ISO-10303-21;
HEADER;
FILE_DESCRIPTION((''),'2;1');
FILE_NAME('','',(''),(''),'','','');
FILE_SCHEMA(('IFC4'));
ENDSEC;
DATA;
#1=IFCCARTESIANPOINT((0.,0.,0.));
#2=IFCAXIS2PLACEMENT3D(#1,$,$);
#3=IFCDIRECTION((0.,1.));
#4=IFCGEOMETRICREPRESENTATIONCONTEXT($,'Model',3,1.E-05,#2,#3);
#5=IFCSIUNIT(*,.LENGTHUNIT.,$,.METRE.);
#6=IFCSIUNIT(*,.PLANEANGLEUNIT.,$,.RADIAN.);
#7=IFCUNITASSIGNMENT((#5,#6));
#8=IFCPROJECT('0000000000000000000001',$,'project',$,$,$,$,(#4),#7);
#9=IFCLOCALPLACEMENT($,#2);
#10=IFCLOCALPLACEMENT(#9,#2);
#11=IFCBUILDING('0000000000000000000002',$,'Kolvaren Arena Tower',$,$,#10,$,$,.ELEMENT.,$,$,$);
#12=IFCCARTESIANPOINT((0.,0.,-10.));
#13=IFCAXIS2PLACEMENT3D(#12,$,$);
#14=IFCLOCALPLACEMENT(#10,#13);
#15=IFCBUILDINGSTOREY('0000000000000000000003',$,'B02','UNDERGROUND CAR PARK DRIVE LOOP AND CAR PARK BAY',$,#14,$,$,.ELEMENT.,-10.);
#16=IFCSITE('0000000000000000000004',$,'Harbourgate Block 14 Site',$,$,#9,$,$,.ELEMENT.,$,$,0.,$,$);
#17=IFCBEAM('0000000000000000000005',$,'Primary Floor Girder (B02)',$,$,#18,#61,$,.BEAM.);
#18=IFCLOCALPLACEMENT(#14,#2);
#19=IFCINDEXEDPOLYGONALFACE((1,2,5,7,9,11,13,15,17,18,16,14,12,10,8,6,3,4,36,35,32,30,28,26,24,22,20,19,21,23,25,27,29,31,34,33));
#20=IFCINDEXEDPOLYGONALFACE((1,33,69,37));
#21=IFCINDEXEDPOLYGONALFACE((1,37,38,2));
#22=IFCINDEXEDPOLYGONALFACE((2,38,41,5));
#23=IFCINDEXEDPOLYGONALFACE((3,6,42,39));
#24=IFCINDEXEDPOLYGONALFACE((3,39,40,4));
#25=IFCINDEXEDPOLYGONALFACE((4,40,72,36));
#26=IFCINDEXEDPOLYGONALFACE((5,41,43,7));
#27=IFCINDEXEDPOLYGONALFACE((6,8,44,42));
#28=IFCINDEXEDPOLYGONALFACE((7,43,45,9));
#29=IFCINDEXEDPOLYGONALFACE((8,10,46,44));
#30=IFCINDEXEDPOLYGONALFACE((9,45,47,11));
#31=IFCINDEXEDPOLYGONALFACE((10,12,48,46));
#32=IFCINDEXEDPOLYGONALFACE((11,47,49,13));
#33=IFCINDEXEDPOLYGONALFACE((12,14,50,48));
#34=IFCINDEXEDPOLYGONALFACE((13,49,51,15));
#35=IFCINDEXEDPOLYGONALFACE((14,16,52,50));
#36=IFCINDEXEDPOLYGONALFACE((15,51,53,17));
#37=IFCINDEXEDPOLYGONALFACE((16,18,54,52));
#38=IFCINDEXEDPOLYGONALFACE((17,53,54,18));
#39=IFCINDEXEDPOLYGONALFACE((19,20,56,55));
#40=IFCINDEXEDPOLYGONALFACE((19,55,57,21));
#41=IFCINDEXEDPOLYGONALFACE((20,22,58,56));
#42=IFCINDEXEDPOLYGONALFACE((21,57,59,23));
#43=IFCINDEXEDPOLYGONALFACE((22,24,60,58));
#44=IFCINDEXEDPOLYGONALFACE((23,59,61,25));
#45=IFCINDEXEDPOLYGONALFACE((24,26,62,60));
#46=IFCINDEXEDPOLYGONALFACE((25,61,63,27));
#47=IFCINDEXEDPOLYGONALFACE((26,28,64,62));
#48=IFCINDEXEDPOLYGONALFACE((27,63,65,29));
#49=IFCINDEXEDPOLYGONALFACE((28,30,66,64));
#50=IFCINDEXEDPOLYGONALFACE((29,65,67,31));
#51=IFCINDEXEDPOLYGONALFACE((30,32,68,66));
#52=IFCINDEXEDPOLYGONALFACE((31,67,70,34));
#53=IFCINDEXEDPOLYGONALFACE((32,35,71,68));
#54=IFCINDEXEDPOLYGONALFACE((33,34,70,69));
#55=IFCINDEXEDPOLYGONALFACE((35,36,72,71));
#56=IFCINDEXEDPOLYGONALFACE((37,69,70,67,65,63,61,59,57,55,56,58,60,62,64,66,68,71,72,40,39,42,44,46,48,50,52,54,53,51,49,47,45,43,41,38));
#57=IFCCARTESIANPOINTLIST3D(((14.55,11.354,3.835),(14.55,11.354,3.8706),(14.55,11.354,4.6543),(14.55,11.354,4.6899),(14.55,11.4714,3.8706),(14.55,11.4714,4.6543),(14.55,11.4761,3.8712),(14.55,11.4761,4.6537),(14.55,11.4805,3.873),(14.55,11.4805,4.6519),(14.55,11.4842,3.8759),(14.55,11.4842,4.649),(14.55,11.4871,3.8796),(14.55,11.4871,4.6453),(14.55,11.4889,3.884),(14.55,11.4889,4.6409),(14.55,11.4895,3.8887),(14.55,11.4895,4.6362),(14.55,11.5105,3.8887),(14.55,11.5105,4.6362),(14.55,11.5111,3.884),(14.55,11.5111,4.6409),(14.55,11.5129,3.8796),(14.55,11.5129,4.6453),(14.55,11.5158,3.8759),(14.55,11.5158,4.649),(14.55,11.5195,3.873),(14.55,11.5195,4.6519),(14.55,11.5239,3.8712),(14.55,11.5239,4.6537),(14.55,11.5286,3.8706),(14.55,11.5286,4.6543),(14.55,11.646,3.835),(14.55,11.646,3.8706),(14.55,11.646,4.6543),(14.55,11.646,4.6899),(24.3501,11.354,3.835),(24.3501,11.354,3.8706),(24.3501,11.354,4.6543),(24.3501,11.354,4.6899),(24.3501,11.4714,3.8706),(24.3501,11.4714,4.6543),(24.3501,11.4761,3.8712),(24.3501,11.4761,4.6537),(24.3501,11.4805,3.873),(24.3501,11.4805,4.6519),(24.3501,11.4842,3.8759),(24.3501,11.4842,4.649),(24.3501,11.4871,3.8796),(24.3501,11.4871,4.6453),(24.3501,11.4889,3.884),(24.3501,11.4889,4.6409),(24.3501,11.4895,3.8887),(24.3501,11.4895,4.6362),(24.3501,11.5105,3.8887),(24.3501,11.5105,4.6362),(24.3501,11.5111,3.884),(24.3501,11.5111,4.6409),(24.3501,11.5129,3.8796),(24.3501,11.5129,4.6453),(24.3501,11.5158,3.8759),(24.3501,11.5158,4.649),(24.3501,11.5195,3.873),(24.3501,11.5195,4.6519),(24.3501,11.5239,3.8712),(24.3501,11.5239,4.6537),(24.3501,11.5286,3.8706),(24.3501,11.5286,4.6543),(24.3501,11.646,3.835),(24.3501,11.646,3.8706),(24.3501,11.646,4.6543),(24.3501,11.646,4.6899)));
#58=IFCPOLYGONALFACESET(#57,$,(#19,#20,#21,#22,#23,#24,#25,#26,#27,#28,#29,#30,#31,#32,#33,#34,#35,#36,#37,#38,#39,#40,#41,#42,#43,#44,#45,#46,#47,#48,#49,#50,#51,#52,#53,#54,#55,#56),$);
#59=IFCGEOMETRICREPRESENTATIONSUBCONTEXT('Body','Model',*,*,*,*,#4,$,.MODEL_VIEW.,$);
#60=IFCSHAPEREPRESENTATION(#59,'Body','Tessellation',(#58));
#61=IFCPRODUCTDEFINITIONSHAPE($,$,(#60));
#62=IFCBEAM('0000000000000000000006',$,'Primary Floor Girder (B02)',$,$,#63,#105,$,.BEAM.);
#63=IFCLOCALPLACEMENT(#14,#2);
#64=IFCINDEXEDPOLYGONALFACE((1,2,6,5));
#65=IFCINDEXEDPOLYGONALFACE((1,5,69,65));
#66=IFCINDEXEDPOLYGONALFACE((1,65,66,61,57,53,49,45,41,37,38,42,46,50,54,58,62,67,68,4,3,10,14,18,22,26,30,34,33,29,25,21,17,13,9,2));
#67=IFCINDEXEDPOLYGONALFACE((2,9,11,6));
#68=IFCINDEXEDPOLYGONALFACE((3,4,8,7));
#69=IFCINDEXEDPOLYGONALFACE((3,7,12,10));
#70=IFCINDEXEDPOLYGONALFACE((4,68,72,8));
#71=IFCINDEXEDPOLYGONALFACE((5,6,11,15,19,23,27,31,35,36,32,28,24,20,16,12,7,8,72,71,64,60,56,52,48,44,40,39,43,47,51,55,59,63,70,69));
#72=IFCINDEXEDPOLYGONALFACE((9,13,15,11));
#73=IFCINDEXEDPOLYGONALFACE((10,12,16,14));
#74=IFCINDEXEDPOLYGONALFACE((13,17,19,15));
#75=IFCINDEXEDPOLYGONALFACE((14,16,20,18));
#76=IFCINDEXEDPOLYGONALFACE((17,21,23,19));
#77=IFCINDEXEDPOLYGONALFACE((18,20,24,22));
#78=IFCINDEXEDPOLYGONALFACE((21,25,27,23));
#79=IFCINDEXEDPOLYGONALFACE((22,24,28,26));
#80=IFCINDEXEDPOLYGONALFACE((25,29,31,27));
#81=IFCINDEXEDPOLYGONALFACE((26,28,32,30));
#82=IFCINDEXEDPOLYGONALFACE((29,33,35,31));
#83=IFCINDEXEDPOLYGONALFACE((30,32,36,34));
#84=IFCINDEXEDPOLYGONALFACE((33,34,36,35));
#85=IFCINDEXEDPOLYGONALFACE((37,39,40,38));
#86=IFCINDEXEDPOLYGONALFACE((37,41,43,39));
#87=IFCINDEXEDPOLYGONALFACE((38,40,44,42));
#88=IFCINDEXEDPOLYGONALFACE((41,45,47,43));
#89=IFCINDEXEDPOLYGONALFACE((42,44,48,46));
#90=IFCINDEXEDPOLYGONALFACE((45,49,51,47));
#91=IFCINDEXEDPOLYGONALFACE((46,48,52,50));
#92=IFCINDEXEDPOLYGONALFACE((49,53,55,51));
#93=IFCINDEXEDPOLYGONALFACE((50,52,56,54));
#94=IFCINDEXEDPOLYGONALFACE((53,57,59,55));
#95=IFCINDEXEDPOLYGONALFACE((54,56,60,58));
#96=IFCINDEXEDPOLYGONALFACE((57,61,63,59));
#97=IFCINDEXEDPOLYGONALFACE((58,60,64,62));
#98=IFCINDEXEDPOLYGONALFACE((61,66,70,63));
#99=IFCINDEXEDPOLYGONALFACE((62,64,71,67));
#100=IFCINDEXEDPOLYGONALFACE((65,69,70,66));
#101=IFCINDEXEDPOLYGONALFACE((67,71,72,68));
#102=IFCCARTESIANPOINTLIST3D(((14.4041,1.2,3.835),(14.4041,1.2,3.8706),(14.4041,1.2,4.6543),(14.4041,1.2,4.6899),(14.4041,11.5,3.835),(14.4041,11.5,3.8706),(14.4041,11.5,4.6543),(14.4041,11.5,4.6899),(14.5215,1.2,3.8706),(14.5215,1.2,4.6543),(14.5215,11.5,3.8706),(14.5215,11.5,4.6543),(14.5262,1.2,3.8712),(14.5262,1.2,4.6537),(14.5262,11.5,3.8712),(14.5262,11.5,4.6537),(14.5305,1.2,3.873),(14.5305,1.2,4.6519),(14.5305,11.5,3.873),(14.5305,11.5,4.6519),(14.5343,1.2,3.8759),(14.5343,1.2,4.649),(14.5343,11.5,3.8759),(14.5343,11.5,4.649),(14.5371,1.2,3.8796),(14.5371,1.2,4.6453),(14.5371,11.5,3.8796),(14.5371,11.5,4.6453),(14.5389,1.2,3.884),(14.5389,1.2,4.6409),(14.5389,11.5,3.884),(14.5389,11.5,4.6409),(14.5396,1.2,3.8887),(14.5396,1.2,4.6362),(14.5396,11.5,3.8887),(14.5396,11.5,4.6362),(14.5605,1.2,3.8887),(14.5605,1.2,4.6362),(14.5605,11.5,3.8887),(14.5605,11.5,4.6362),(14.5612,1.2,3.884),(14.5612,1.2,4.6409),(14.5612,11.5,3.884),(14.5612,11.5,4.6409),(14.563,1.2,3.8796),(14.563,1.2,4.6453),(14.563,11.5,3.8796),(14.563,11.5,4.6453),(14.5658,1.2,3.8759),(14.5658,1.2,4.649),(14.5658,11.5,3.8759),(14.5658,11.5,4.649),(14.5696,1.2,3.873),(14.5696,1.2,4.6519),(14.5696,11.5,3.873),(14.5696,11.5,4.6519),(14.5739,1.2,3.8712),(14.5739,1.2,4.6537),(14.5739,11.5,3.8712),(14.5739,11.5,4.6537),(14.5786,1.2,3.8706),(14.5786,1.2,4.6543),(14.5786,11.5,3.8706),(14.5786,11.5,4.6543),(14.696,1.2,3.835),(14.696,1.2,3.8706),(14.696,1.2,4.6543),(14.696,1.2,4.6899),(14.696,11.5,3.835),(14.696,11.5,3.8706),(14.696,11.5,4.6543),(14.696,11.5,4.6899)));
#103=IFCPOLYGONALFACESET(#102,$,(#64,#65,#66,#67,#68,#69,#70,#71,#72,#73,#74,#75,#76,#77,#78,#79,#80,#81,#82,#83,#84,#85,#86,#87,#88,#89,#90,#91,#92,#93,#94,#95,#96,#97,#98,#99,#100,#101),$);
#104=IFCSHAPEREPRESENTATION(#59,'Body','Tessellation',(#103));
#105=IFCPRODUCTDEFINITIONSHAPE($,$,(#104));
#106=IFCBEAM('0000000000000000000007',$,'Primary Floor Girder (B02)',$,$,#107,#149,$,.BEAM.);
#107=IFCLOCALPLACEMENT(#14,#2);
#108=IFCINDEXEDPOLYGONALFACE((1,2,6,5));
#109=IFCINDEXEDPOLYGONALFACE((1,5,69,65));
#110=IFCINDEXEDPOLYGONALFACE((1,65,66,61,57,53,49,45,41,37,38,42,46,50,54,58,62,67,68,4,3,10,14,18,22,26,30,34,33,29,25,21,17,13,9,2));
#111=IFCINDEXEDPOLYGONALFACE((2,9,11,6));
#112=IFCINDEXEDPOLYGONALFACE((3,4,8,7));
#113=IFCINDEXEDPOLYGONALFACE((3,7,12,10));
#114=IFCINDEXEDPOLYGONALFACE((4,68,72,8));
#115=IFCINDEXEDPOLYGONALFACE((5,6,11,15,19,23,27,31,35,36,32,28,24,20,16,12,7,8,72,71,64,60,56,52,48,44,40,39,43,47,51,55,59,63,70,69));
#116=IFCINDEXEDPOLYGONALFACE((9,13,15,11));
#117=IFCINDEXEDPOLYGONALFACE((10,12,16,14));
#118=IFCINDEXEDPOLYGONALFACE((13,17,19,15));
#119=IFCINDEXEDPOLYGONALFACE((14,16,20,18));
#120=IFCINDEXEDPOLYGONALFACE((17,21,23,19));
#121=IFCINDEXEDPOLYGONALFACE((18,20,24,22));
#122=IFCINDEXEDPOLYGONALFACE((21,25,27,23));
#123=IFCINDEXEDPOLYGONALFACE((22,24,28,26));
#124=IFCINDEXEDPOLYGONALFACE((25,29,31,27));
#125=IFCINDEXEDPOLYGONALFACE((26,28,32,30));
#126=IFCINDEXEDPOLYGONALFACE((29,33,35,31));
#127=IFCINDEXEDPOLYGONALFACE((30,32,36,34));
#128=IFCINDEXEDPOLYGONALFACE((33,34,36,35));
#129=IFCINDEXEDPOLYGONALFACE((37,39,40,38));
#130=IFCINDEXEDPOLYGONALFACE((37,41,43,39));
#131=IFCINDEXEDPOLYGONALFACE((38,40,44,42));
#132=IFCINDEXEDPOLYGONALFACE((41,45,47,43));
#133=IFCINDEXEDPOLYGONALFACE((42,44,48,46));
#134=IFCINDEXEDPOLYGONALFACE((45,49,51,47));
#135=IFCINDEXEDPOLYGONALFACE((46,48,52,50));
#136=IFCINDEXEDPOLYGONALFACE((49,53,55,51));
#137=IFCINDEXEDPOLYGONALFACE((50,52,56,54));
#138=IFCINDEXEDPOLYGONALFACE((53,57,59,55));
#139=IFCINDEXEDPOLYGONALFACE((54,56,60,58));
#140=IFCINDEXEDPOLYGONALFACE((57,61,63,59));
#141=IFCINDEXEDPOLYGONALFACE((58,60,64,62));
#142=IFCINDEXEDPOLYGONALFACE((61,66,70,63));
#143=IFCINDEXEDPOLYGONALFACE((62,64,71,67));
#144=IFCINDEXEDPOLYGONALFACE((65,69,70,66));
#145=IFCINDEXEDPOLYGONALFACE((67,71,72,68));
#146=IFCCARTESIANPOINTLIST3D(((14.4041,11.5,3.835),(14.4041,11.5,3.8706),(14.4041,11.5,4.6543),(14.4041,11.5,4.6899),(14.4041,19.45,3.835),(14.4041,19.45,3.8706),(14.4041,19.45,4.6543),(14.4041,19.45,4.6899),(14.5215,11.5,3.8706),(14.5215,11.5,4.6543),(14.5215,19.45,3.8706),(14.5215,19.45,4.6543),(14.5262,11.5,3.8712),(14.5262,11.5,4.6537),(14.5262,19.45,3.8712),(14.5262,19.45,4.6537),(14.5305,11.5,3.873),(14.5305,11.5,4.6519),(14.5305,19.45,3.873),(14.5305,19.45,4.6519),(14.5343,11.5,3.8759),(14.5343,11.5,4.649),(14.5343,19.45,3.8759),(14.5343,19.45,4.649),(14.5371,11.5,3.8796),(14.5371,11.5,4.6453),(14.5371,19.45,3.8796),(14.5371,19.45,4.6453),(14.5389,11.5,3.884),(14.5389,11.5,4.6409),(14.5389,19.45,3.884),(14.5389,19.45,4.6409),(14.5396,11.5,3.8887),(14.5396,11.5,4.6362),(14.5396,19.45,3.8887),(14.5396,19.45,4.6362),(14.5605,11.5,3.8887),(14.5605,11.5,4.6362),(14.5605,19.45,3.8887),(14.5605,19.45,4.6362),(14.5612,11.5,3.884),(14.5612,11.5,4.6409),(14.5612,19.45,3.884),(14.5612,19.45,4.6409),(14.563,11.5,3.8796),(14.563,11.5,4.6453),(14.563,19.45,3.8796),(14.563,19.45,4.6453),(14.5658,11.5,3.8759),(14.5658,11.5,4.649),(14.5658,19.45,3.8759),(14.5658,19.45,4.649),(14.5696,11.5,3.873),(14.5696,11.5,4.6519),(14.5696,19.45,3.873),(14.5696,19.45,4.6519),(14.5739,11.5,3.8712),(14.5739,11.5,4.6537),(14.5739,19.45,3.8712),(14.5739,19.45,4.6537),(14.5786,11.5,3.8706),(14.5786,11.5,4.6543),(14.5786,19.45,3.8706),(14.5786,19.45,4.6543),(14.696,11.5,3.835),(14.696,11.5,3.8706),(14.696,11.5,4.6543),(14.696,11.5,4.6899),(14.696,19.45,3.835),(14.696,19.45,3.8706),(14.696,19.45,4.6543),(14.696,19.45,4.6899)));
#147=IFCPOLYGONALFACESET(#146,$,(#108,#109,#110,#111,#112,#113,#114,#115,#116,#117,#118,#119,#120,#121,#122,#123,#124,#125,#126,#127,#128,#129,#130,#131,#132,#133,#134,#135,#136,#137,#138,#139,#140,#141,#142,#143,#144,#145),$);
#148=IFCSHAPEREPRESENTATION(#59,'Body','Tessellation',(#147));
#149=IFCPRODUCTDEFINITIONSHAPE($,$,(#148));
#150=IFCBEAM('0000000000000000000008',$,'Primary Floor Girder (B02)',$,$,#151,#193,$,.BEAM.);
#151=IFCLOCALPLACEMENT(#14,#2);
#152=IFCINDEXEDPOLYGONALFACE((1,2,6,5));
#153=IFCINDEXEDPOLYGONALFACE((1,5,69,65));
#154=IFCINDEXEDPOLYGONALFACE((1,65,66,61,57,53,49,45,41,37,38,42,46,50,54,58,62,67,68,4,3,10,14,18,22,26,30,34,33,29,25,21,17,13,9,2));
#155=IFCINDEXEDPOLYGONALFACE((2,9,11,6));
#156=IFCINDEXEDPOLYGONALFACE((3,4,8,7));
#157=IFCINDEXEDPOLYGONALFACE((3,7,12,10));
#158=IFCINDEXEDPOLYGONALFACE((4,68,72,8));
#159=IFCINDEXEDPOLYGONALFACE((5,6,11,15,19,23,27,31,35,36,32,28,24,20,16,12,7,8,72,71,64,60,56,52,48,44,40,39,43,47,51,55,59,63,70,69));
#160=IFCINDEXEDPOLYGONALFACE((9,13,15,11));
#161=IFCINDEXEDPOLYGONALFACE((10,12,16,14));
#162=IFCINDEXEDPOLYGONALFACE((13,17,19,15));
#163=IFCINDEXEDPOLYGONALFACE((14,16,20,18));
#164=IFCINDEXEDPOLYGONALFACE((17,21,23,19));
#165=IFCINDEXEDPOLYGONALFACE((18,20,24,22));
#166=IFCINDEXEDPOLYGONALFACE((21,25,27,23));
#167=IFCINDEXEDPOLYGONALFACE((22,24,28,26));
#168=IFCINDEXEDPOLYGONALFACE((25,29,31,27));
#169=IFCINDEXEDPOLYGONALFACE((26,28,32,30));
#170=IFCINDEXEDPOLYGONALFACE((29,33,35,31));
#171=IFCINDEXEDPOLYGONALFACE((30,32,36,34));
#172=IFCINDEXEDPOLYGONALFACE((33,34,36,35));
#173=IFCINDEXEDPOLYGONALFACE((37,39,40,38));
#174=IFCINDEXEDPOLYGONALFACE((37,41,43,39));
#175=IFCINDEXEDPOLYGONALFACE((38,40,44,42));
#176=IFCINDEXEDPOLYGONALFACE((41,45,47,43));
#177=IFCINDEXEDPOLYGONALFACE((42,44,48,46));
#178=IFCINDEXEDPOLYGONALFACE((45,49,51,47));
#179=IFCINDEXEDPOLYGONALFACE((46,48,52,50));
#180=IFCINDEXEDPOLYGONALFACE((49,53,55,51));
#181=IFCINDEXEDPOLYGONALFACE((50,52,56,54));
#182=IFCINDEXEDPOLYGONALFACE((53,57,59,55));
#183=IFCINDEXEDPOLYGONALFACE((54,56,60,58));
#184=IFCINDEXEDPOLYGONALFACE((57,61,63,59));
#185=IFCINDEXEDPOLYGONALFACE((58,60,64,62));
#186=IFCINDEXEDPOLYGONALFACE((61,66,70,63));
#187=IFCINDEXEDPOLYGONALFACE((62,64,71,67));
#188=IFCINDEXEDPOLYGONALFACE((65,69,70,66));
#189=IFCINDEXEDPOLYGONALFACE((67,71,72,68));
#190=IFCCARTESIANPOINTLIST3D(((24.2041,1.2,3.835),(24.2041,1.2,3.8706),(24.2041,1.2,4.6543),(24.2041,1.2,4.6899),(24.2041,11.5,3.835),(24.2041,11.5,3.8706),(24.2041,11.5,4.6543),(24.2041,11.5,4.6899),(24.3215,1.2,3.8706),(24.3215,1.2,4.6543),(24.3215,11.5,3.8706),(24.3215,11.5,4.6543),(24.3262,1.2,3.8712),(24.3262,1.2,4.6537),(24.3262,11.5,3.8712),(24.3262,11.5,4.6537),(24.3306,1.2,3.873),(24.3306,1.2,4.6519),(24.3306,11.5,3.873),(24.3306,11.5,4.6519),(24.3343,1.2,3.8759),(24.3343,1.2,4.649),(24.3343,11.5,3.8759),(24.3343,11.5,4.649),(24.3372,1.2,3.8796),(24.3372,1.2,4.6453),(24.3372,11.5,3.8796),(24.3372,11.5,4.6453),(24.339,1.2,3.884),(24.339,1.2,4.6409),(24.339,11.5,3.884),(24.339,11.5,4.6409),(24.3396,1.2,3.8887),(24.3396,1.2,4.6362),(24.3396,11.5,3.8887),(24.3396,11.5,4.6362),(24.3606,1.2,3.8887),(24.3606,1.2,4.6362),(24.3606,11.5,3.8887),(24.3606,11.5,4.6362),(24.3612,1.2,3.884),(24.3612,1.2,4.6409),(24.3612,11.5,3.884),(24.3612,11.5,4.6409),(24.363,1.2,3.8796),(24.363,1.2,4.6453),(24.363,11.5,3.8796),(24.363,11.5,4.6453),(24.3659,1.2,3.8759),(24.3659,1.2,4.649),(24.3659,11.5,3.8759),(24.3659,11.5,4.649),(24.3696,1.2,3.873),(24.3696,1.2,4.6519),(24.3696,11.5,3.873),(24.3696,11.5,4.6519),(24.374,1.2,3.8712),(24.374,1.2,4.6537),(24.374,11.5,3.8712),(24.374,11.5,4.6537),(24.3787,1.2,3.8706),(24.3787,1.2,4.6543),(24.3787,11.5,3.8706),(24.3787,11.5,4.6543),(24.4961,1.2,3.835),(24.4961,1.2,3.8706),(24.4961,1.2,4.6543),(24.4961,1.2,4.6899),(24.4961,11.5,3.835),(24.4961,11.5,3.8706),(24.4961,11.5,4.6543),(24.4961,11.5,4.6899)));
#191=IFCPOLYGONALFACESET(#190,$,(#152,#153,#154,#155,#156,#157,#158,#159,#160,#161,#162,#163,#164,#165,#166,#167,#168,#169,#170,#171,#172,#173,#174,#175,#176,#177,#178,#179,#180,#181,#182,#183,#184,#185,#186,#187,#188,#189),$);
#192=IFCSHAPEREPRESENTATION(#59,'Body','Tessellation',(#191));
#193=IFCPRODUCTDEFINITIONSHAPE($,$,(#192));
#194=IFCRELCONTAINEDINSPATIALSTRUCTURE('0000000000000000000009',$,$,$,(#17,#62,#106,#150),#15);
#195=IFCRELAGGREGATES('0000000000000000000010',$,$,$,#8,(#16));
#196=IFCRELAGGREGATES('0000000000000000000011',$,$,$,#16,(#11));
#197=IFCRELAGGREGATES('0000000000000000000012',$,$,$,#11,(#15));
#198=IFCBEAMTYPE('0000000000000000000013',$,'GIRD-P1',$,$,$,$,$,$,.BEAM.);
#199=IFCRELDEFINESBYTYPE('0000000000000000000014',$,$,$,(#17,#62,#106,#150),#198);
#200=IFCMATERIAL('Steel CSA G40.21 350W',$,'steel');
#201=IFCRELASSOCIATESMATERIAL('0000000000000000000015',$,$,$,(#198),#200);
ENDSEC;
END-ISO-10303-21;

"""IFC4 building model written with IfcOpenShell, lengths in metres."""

from ifc_helpers import new_model, si_unit, direction, frame, origin, origin_2d, place, context, subcontext, project, spatial, i_section, extrude, material, material_profile, profile_set, type_object, element, save


model = new_model("IFC4")

# Units and contexts
model_context = context("Model", 3, precision=1e-05, world=origin(), true_north=direction((0.0, 1.0)))
body_context = subcontext(model_context, "Body", "Model", "MODEL_VIEW")
ifc_project = project(units=[si_unit("LENGTHUNIT", "METRE"), si_unit("PLANEANGLEUNIT", "RADIAN")], contexts=[model_context])

# Site, building, storey
site_placement = place(None, origin())
site = spatial("IfcSite", under=ifc_project, at=site_placement, Name="Harbourgate Block 14 Site", CompositionType="ELEMENT", RefElevation=0.0)
building_placement = place(site_placement, origin())
building = spatial("IfcBuilding", under=site, at=building_placement, Name="Kolvaren Arena Tower", CompositionType="ELEMENT")
storey_placement = place(building_placement, frame((0.0, 0.0, -10.0)))
storey = spatial("IfcBuildingStorey", under=building, at=storey_placement, Name="B02", Description="UNDERGROUND CAR PARK DRIVE LOOP AND CAR PARK BAY", CompositionType="ELEMENT", Elevation=-10.0)

# Beams
ifc_material_1 = material(Name="Steel CSA G40.21 350W", Category="steel")
ifc_material_profile_1 = material_profile(ifc_material_1, i_section(OverallWidth=0.292, OverallDepth=0.855, WebThickness=0.021, FlangeThickness=0.0356, FilletRadius=0.0181, at=origin_2d()), Name="W840x299")
ifc_profile_set_1 = profile_set([ifc_material_profile_1], Name="Steel CSA G40.21 350W")
beam_type_1 = type_object("IfcBeamType", Name="GIRD-P1", PredefinedType="BEAM", material=ifc_profile_set_1)
beam_1_placement = place(storey_placement, frame((14.55, 11.5, 4.2625), z_axis=(1.0, 0.0, 0.0), x_axis=(0.0, 1.0, 0.0)))
element("IfcBeam", 1, at=beam_1_placement, inside=storey, type_object=beam_type_1, Name="Primary Floor Girder (B02)", PredefinedType="BEAM", context=body_context, shape_type="SweptSolid", body=[
    extrude(i_section(OverallWidth=0.292, OverallDepth=0.855, WebThickness=0.021, FlangeThickness=0.0356, FilletRadius=0.0181, at=origin_2d()), origin(), (0.0, 0.0, 1.0), 9.8),
])
beam_2_placement = place(storey_placement, frame((14.55, 1.2, 4.2625), z_axis=(0.0, 1.0, 0.0), x_axis=(-1.0, 0.0, 0.0)))
element("IfcBeam", 2, at=beam_2_placement, inside=storey, type_object=beam_type_1, Name="Primary Floor Girder (B02)", PredefinedType="BEAM", context=body_context, shape_type="SweptSolid", body=[
    extrude(i_section(OverallWidth=0.292, OverallDepth=0.855, WebThickness=0.021, FlangeThickness=0.0356, FilletRadius=0.0181, at=origin_2d()), origin(), (0.0, 0.0, 1.0), 10.3),
])
beam_3_placement = place(storey_placement, frame((14.55, 11.5, 4.2625), z_axis=(0.0, 1.0, 0.0), x_axis=(-1.0, 0.0, 0.0)))
element("IfcBeam", 3, at=beam_3_placement, inside=storey, type_object=beam_type_1, Name="Primary Floor Girder (B02)", PredefinedType="BEAM", context=body_context, shape_type="SweptSolid", body=[
    extrude(i_section(OverallWidth=0.292, OverallDepth=0.855, WebThickness=0.021, FlangeThickness=0.0356, FilletRadius=0.0181, at=origin_2d()), origin(), (0.0, 0.0, 1.0), 7.95),
])
beam_4_placement = place(storey_placement, frame((24.3501, 1.2, 4.2625), z_axis=(0.0, 1.0, 0.0), x_axis=(-1.0, 0.0, 0.0)))
element("IfcBeam", 4, at=beam_4_placement, inside=storey, type_object=beam_type_1, Name="Primary Floor Girder (B02)", PredefinedType="BEAM", context=body_context, shape_type="SweptSolid", body=[
    extrude(i_section(OverallWidth=0.292, OverallDepth=0.855, WebThickness=0.021, FlangeThickness=0.0356, FilletRadius=0.0181, at=origin_2d()), origin(), (0.0, 0.0, 1.0), 10.3),
])

save(model, "model.ifc")
